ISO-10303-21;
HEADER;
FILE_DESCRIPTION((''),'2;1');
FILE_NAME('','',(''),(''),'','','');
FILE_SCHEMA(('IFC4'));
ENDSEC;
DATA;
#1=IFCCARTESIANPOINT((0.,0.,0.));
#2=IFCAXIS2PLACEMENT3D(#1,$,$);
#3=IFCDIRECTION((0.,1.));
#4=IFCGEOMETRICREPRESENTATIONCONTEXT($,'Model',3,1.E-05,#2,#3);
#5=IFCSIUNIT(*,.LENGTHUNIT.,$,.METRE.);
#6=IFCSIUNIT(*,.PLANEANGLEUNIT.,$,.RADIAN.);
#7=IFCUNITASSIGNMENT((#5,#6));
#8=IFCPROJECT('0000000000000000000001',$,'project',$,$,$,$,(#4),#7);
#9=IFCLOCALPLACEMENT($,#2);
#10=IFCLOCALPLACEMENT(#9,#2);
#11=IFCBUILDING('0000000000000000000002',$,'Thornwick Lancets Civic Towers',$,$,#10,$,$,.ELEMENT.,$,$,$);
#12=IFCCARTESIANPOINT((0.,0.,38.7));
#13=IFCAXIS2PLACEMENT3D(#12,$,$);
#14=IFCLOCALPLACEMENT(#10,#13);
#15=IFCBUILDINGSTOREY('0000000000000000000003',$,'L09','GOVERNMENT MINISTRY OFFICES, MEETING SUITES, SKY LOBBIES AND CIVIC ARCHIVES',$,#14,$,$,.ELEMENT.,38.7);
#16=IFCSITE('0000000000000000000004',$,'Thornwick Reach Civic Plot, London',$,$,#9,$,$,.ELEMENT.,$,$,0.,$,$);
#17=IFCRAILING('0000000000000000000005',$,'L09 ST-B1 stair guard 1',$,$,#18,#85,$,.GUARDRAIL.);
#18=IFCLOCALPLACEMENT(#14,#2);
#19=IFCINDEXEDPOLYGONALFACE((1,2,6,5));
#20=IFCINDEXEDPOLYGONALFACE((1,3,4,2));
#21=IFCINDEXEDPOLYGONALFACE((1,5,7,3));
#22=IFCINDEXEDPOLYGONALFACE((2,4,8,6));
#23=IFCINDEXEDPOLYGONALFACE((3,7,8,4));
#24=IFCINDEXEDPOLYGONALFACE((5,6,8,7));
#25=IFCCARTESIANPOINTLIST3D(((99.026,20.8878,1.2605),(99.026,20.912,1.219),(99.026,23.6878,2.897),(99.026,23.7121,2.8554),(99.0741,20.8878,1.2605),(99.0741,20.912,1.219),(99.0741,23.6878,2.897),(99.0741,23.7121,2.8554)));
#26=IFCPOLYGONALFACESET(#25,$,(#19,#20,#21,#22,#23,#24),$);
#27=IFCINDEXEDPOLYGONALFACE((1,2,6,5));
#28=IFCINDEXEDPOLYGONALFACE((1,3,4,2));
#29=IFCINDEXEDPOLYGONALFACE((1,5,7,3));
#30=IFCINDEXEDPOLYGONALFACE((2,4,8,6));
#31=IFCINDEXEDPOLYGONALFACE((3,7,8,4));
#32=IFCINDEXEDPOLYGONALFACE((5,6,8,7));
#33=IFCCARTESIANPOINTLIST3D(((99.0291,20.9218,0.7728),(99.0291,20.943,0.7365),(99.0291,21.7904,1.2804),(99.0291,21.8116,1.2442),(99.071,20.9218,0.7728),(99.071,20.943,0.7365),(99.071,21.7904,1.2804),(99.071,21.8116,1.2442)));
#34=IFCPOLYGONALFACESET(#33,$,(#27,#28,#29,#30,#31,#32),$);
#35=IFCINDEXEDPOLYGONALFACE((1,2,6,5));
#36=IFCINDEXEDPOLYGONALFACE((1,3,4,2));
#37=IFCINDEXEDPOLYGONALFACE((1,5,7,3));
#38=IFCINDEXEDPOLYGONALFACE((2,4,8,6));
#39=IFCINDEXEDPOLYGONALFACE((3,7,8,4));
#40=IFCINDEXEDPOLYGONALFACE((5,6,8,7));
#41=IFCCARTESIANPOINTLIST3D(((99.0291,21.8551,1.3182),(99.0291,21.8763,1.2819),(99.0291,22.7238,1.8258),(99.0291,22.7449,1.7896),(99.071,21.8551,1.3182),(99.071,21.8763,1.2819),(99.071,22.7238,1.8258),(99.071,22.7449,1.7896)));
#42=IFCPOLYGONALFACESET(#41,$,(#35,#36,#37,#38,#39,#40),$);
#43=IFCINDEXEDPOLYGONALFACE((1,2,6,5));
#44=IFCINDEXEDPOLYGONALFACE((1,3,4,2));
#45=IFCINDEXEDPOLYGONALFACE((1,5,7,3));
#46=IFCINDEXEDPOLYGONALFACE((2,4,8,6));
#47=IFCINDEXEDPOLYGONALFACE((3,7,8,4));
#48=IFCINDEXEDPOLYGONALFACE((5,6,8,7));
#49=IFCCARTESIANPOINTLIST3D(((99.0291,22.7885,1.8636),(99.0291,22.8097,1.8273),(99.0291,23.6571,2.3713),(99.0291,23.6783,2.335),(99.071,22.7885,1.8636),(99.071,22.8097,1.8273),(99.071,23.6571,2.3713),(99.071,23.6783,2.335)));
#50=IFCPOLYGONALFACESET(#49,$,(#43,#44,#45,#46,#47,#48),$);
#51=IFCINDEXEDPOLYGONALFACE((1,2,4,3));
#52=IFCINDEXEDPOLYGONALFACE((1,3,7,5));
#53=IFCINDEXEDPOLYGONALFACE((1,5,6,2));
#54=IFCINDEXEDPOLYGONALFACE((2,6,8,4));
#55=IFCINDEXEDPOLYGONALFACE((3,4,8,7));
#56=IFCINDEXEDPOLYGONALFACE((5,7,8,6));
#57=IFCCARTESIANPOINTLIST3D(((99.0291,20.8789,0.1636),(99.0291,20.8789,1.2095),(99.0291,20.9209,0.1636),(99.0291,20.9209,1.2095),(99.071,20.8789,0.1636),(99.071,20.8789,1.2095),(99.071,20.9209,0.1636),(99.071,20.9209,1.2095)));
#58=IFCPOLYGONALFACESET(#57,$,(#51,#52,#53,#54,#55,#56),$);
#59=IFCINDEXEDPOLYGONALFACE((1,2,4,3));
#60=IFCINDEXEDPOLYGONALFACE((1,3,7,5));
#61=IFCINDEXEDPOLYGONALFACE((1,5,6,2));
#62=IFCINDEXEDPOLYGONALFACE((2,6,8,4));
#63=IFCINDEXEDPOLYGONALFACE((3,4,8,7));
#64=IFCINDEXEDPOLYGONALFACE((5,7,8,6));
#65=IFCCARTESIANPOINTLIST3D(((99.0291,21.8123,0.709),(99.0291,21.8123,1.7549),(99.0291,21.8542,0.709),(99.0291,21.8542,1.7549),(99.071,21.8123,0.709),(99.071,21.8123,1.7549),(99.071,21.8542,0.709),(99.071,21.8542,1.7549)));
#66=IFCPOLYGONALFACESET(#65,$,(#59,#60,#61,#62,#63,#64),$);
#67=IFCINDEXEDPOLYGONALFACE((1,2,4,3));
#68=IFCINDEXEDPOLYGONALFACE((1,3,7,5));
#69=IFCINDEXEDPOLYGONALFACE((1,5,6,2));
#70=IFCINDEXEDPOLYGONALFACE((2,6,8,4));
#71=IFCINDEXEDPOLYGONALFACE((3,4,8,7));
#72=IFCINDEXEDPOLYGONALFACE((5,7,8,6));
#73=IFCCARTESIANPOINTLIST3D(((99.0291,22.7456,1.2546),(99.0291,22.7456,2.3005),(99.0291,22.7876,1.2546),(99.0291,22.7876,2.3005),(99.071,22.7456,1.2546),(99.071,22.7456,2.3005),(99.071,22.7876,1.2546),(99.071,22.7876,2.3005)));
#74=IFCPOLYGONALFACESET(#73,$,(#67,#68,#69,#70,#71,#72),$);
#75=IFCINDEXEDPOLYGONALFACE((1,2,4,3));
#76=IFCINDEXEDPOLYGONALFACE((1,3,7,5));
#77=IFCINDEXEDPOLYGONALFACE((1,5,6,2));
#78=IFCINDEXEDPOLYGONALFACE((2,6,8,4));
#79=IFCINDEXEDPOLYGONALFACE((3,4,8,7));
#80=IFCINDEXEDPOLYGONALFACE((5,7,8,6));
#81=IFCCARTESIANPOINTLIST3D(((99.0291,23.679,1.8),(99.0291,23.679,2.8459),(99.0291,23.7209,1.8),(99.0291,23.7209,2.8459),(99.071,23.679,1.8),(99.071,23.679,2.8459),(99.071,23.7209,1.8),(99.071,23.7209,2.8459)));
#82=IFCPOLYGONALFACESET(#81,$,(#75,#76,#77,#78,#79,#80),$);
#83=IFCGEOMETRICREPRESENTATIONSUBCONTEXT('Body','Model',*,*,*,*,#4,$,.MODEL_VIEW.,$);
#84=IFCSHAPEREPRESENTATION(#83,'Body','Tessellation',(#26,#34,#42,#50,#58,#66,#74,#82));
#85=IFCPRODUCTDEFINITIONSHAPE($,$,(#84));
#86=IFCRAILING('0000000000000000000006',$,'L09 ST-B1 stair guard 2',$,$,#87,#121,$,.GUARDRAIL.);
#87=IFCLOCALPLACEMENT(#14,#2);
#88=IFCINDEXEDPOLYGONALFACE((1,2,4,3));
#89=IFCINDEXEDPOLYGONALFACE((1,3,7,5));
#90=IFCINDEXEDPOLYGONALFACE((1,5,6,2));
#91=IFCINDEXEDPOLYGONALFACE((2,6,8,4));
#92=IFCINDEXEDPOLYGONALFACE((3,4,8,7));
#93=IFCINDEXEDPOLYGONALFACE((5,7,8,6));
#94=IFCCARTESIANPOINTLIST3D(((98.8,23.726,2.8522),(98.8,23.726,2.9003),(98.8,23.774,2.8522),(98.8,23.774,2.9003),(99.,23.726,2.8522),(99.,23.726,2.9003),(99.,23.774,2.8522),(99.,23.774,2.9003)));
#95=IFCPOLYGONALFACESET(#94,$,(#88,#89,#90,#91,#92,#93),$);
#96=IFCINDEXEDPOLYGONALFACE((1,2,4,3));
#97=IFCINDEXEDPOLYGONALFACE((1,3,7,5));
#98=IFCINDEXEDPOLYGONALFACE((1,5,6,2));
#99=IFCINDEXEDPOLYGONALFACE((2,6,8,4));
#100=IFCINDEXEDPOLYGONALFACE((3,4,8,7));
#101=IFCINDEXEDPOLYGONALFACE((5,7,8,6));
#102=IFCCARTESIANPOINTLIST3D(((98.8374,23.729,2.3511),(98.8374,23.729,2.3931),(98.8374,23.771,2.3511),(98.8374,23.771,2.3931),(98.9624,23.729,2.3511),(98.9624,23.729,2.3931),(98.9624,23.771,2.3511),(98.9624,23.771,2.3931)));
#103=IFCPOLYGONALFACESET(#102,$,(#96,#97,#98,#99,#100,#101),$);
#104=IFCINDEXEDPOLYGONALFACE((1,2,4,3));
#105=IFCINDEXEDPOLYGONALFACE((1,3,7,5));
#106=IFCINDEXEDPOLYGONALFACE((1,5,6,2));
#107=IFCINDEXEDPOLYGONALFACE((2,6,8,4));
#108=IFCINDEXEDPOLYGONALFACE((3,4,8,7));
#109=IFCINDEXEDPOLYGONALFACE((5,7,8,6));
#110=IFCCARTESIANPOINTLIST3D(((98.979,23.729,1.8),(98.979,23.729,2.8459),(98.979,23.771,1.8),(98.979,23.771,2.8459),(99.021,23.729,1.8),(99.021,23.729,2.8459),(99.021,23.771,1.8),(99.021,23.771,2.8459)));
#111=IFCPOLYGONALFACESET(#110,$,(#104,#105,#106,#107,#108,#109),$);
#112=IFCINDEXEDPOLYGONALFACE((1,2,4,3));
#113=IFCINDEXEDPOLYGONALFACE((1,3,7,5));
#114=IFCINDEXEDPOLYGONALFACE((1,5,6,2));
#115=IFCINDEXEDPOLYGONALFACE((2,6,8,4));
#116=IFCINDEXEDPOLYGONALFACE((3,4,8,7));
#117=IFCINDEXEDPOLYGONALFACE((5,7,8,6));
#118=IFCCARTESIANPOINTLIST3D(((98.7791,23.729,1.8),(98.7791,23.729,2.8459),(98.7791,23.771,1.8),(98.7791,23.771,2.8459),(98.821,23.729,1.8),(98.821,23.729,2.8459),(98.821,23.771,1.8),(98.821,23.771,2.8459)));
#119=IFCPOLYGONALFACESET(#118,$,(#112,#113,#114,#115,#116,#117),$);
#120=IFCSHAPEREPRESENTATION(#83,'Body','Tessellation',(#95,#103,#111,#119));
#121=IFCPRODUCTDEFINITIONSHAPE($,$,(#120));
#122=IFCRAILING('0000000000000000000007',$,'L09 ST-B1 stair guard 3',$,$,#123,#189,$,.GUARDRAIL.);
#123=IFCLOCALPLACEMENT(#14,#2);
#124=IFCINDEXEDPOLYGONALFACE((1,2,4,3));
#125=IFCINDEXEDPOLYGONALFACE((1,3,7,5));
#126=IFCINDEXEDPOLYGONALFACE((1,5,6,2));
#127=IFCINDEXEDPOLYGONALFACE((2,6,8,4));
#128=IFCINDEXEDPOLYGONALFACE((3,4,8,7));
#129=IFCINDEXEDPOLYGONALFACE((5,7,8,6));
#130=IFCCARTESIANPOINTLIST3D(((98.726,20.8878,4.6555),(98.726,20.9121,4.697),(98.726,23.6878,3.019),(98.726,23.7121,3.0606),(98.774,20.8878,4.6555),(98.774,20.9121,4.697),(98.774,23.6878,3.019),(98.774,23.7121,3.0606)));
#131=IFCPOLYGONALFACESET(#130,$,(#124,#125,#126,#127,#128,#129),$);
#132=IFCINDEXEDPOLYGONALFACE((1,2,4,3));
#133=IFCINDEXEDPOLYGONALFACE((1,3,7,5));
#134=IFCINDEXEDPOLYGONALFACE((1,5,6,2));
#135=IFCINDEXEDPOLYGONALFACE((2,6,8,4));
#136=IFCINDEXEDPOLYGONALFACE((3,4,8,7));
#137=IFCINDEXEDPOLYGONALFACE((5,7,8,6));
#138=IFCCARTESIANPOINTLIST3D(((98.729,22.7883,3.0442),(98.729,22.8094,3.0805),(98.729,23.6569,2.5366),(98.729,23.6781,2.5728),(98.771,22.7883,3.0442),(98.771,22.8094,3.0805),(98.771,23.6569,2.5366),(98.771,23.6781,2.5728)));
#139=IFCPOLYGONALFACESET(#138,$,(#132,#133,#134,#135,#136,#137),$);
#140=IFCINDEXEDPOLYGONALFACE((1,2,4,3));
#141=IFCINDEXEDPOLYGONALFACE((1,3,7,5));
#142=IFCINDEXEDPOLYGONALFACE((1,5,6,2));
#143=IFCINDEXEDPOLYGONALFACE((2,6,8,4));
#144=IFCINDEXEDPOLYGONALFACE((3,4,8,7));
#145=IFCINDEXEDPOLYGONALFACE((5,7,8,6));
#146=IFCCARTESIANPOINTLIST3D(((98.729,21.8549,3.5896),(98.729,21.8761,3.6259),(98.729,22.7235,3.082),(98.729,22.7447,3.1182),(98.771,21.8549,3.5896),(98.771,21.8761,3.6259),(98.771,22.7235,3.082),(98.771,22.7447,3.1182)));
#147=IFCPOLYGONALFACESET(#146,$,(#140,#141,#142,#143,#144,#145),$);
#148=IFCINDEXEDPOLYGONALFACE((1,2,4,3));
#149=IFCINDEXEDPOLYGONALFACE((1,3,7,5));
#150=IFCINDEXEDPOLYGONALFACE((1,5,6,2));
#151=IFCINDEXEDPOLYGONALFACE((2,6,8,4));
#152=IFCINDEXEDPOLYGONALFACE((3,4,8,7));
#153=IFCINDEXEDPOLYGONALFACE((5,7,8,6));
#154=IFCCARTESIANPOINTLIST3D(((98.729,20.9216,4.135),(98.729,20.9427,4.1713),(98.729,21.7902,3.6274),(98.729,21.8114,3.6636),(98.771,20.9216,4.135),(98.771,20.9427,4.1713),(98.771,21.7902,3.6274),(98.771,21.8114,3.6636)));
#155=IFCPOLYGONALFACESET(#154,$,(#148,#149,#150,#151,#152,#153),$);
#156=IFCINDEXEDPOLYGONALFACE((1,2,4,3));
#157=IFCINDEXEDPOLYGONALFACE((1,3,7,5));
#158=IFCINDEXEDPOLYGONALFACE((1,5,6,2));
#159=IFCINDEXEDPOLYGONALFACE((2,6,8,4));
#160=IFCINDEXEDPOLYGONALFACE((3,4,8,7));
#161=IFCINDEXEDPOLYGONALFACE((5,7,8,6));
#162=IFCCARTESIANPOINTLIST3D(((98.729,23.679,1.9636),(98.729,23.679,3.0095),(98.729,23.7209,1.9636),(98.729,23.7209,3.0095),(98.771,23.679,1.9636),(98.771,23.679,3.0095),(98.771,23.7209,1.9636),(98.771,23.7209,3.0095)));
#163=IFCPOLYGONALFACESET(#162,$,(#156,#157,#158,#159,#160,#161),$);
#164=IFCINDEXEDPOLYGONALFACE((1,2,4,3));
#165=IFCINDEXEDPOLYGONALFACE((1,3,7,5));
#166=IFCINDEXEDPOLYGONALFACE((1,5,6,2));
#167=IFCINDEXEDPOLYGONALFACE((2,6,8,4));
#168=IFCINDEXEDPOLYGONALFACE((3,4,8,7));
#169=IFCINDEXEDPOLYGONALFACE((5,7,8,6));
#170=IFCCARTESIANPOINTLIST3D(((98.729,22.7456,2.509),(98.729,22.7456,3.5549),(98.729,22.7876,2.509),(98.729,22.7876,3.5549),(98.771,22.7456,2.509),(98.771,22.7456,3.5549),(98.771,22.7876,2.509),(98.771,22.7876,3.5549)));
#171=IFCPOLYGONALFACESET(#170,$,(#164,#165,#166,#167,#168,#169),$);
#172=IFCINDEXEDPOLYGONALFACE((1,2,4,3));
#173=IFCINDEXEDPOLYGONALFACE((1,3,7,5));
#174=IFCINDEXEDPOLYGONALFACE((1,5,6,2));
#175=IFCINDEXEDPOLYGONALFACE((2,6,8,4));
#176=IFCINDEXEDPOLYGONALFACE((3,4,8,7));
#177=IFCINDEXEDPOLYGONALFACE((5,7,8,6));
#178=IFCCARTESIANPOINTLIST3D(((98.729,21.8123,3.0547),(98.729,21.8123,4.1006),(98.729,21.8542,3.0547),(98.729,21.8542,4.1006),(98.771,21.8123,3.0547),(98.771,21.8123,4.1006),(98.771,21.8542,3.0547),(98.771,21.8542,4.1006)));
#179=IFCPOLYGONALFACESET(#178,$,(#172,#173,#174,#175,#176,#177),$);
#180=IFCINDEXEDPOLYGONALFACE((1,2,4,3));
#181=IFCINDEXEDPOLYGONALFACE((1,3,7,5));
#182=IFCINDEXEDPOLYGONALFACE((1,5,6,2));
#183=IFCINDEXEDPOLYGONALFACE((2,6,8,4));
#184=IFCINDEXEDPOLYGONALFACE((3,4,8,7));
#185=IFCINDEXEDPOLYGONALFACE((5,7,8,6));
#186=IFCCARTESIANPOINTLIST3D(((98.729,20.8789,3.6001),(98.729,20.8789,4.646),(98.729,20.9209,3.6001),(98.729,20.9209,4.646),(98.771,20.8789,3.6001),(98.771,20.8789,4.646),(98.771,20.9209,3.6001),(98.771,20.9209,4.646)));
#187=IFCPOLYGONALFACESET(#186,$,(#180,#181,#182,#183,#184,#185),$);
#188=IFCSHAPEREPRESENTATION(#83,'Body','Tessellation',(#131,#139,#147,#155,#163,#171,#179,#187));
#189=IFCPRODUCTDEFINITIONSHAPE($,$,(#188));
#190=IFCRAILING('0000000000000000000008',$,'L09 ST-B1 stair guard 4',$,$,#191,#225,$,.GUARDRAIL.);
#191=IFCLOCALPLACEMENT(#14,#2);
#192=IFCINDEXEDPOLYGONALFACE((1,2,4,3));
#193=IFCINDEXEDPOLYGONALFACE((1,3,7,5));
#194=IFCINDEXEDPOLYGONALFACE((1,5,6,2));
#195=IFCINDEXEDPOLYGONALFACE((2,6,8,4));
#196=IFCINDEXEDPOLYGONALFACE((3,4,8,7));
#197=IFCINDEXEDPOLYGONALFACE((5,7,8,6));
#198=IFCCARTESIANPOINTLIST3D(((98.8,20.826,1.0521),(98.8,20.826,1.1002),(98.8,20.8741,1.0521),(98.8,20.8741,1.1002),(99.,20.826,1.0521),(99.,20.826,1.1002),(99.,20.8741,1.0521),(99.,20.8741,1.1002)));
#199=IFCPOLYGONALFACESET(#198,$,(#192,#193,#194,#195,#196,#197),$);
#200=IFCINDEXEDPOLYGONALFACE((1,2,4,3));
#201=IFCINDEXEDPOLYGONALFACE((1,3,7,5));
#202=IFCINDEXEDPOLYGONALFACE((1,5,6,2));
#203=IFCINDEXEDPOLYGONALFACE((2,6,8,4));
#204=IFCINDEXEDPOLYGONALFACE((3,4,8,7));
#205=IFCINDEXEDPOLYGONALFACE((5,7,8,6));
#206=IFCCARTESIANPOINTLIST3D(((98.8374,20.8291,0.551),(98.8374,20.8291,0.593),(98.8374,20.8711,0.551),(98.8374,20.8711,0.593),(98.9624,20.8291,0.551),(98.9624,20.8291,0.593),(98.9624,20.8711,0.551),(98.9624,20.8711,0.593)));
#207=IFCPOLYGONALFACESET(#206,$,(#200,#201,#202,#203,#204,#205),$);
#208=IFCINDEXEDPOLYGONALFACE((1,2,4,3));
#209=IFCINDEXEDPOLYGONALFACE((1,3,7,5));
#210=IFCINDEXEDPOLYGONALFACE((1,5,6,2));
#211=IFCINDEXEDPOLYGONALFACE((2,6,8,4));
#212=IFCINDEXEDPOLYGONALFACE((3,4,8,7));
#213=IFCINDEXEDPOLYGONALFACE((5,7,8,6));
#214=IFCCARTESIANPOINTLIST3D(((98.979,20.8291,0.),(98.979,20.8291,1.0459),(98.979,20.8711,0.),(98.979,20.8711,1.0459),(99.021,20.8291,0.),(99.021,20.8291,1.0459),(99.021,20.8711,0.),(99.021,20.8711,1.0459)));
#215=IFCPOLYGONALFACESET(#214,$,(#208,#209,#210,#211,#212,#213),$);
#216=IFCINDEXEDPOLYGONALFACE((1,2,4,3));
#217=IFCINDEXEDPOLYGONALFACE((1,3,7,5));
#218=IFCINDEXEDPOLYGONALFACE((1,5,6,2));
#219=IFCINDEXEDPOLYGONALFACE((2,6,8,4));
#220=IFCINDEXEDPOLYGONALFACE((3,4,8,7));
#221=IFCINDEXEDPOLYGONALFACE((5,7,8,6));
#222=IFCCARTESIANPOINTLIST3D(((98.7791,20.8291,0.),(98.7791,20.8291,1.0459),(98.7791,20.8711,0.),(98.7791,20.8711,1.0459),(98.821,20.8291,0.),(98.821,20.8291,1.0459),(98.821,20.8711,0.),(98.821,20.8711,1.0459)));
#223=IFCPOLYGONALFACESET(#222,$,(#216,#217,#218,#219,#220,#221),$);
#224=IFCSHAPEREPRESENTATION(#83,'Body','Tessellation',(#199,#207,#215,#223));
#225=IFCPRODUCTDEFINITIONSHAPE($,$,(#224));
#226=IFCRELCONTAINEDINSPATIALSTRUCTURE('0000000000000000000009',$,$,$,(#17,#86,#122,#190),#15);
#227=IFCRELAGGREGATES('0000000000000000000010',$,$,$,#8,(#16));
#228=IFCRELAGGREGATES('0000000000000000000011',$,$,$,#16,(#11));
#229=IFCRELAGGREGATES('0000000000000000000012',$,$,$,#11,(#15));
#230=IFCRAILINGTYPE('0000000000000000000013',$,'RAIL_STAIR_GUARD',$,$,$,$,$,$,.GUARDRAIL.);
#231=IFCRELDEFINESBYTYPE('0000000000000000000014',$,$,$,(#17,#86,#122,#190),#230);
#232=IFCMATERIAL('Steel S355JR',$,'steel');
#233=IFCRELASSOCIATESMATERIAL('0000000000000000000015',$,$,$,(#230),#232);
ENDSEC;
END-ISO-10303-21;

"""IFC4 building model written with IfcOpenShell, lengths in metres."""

from ifc_helpers import new_model, si_unit, direction, frame, origin, origin_2d, place, context, subcontext, project, spatial, rectangle, extrude, material, type_object, element, save


model = new_model("IFC4")

# Units and contexts
model_context = context("Model", 3, precision=1e-05, world=origin(), true_north=direction((0.0, 1.0)))
body_context = subcontext(model_context, "Body", "Model", "MODEL_VIEW")
ifc_project = project(units=[si_unit("LENGTHUNIT", "METRE"), si_unit("PLANEANGLEUNIT", "RADIAN")], contexts=[model_context])

# Site, building, storey
site_placement = place(None, origin())
site = spatial("IfcSite", under=ifc_project, at=site_placement, Name="Thornwick Reach Civic Plot, London", CompositionType="ELEMENT", RefElevation=0.0)
building_placement = place(site_placement, origin())
building = spatial("IfcBuilding", under=site, at=building_placement, Name="Thornwick Lancets Civic Towers", CompositionType="ELEMENT")
storey_placement = place(building_placement, frame((0.0, 0.0, 38.7)))
storey = spatial("IfcBuildingStorey", under=building, at=storey_placement, Name="L09", Description="GOVERNMENT MINISTRY OFFICES, MEETING SUITES, SKY LOBBIES AND CIVIC ARCHIVES", CompositionType="ELEMENT", Elevation=38.7)

# Shared definitions
ifc_material_1 = material(Name="Steel S355JR", Category="steel")

# Railings
railing_type_1 = type_object("IfcRailingType", Name="RAIL_STAIR_GUARD", PredefinedType="GUARDRAIL", material=ifc_material_1)
railing_1_placement = place(storey_placement, frame((99.05, 20.8999, 0.1636)))
element("IfcRailing", 1, at=railing_1_placement, inside=storey, type_object=railing_type_1, Name="L09 ST-B1 stair guard 1", PredefinedType="GUARDRAIL", context=body_context, shape_type="SweptSolid", body=[
    extrude(rectangle(XDim=0.0481, YDim=0.0481, at=origin_2d()), frame((0.0, 0.0, 1.0762), z_axis=(0.0, 0.863361, 0.504587), x_axis=(-1.0, 0.0, 0.0)), (0.0, 0.0, 1.0), 3.2432),
    extrude(rectangle(XDim=0.042, YDim=0.042, at=origin_2d()), frame((0.0, 0.0325, 0.5911), z_axis=(0.0, 0.863361, 0.504587), x_axis=(-1.0, 0.0, 0.0)), (0.0, 0.0, 1.0), 1.0061),
    extrude(rectangle(XDim=0.042, YDim=0.042, at=origin_2d()), frame((0.0, 0.9658, 1.1365), z_axis=(0.0, 0.863361, 0.504587), x_axis=(-1.0, 0.0, 0.0)), (0.0, 0.0, 1.0), 1.0061),
    extrude(rectangle(XDim=0.042, YDim=0.042, at=origin_2d()), frame((0.0, 1.8992, 1.6819), z_axis=(0.0, 0.863361, 0.504587), x_axis=(-1.0, 0.0, 0.0)), (0.0, 0.0, 1.0), 1.0061),
    extrude(rectangle(XDim=0.042, YDim=0.042, at=origin_2d()), origin(), (0.0, 0.0, 1.0), 1.0459),
    extrude(rectangle(XDim=0.042, YDim=0.042, at=origin_2d()), frame((0.0, 0.9333, 0.5454)), (0.0, 0.0, 1.0), 1.0459),
    extrude(rectangle(XDim=0.042, YDim=0.042, at=origin_2d()), frame((0.0, 1.8667, 1.0911)), (0.0, 0.0, 1.0), 1.0459),
    extrude(rectangle(XDim=0.042, YDim=0.042, at=origin_2d()), frame((0.0, 2.8, 1.6365)), (0.0, 0.0, 1.0), 1.0459),
])
railing_2_placement = place(storey_placement, frame((99.0, 23.75, 1.8)))
element("IfcRailing", 2, at=railing_2_placement, inside=storey, type_object=railing_type_1, Name="L09 ST-B1 stair guard 2", PredefinedType="GUARDRAIL", context=body_context, shape_type="SweptSolid", body=[
    extrude(rectangle(XDim=0.0481, YDim=0.0481, at=origin_2d()), frame((0.0, 0.0, 1.0762), z_axis=(-1.0, 0.0, 0.0), x_axis=(0.0, -1.0, 0.0)), (0.0, 0.0, 1.0), 0.2),
    extrude(rectangle(XDim=0.042, YDim=0.042, at=origin_2d()), frame((-0.0376, 0.0, 0.572), z_axis=(-1.0, 0.0, 0.0), x_axis=(0.0, -1.0, 0.0)), (0.0, 0.0, 1.0), 0.125),
    extrude(rectangle(XDim=0.042, YDim=0.042, at=origin_2d()), origin(), (0.0, 0.0, 1.0), 1.0459),
    extrude(rectangle(XDim=0.042, YDim=0.042, at=origin_2d()), frame((-0.2, 0.0, 0.0)), (0.0, 0.0, 1.0), 1.0459),
])
railing_3_placement = place(storey_placement, frame((98.75, 23.7, 1.9636)))
element("IfcRailing", 3, at=railing_3_placement, inside=storey, type_object=railing_type_1, Name="L09 ST-B1 stair guard 3", PredefinedType="GUARDRAIL", context=body_context, shape_type="SweptSolid", body=[
    extrude(rectangle(XDim=0.0481, YDim=0.0481, at=origin_2d()), frame((0.0, 0.0, 1.0762), z_axis=(0.0, -0.863361, 0.504587), x_axis=(1.0, 0.0, 0.0)), (0.0, 0.0, 1.0), 3.2432),
    extrude(rectangle(XDim=0.042, YDim=0.042, at=origin_2d()), frame((0.0, -0.0325, 0.5911), z_axis=(0.0, -0.863361, 0.504587), x_axis=(1.0, 0.0, 0.0)), (0.0, 0.0, 1.0), 1.0061),
    extrude(rectangle(XDim=0.042, YDim=0.042, at=origin_2d()), frame((0.0, -0.9658, 1.1365), z_axis=(0.0, -0.863361, 0.504587), x_axis=(1.0, 0.0, 0.0)), (0.0, 0.0, 1.0), 1.0061),
    extrude(rectangle(XDim=0.042, YDim=0.042, at=origin_2d()), frame((0.0, -1.8992, 1.6819), z_axis=(0.0, -0.863361, 0.504587), x_axis=(1.0, 0.0, 0.0)), (0.0, 0.0, 1.0), 1.0061),
    extrude(rectangle(XDim=0.042, YDim=0.042, at=origin_2d()), origin(), (0.0, 0.0, 1.0), 1.0459),
    extrude(rectangle(XDim=0.042, YDim=0.042, at=origin_2d()), frame((0.0, -0.9333, 0.5454)), (0.0, 0.0, 1.0), 1.0459),
    extrude(rectangle(XDim=0.042, YDim=0.042, at=origin_2d()), frame((0.0, -1.8667, 1.0911)), (0.0, 0.0, 1.0), 1.0459),
    extrude(rectangle(XDim=0.042, YDim=0.042, at=origin_2d()), frame((0.0, -2.8, 1.6365)), (0.0, 0.0, 1.0), 1.0459),
])
railing_4_placement = place(storey_placement, frame((99.0, 20.8501, 0.0)))
element("IfcRailing", 4, at=railing_4_placement, inside=storey, type_object=railing_type_1, Name="L09 ST-B1 stair guard 4", PredefinedType="GUARDRAIL", context=body_context, shape_type="SweptSolid", body=[
    extrude(rectangle(XDim=0.0481, YDim=0.0481, at=origin_2d()), frame((0.0, 0.0, 1.0762), z_axis=(-1.0, 0.0, 0.0), x_axis=(0.0, -1.0, 0.0)), (0.0, 0.0, 1.0), 0.2),
    extrude(rectangle(XDim=0.042, YDim=0.042, at=origin_2d()), frame((-0.0376, 0.0, 0.572), z_axis=(-1.0, 0.0, 0.0), x_axis=(0.0, -1.0, 0.0)), (0.0, 0.0, 1.0), 0.125),
    extrude(rectangle(XDim=0.042, YDim=0.042, at=origin_2d()), origin(), (0.0, 0.0, 1.0), 1.0459),
    extrude(rectangle(XDim=0.042, YDim=0.042, at=origin_2d()), frame((-0.2, 0.0, 0.0)), (0.0, 0.0, 1.0), 1.0459),
])

save(model, "model.ifc")
